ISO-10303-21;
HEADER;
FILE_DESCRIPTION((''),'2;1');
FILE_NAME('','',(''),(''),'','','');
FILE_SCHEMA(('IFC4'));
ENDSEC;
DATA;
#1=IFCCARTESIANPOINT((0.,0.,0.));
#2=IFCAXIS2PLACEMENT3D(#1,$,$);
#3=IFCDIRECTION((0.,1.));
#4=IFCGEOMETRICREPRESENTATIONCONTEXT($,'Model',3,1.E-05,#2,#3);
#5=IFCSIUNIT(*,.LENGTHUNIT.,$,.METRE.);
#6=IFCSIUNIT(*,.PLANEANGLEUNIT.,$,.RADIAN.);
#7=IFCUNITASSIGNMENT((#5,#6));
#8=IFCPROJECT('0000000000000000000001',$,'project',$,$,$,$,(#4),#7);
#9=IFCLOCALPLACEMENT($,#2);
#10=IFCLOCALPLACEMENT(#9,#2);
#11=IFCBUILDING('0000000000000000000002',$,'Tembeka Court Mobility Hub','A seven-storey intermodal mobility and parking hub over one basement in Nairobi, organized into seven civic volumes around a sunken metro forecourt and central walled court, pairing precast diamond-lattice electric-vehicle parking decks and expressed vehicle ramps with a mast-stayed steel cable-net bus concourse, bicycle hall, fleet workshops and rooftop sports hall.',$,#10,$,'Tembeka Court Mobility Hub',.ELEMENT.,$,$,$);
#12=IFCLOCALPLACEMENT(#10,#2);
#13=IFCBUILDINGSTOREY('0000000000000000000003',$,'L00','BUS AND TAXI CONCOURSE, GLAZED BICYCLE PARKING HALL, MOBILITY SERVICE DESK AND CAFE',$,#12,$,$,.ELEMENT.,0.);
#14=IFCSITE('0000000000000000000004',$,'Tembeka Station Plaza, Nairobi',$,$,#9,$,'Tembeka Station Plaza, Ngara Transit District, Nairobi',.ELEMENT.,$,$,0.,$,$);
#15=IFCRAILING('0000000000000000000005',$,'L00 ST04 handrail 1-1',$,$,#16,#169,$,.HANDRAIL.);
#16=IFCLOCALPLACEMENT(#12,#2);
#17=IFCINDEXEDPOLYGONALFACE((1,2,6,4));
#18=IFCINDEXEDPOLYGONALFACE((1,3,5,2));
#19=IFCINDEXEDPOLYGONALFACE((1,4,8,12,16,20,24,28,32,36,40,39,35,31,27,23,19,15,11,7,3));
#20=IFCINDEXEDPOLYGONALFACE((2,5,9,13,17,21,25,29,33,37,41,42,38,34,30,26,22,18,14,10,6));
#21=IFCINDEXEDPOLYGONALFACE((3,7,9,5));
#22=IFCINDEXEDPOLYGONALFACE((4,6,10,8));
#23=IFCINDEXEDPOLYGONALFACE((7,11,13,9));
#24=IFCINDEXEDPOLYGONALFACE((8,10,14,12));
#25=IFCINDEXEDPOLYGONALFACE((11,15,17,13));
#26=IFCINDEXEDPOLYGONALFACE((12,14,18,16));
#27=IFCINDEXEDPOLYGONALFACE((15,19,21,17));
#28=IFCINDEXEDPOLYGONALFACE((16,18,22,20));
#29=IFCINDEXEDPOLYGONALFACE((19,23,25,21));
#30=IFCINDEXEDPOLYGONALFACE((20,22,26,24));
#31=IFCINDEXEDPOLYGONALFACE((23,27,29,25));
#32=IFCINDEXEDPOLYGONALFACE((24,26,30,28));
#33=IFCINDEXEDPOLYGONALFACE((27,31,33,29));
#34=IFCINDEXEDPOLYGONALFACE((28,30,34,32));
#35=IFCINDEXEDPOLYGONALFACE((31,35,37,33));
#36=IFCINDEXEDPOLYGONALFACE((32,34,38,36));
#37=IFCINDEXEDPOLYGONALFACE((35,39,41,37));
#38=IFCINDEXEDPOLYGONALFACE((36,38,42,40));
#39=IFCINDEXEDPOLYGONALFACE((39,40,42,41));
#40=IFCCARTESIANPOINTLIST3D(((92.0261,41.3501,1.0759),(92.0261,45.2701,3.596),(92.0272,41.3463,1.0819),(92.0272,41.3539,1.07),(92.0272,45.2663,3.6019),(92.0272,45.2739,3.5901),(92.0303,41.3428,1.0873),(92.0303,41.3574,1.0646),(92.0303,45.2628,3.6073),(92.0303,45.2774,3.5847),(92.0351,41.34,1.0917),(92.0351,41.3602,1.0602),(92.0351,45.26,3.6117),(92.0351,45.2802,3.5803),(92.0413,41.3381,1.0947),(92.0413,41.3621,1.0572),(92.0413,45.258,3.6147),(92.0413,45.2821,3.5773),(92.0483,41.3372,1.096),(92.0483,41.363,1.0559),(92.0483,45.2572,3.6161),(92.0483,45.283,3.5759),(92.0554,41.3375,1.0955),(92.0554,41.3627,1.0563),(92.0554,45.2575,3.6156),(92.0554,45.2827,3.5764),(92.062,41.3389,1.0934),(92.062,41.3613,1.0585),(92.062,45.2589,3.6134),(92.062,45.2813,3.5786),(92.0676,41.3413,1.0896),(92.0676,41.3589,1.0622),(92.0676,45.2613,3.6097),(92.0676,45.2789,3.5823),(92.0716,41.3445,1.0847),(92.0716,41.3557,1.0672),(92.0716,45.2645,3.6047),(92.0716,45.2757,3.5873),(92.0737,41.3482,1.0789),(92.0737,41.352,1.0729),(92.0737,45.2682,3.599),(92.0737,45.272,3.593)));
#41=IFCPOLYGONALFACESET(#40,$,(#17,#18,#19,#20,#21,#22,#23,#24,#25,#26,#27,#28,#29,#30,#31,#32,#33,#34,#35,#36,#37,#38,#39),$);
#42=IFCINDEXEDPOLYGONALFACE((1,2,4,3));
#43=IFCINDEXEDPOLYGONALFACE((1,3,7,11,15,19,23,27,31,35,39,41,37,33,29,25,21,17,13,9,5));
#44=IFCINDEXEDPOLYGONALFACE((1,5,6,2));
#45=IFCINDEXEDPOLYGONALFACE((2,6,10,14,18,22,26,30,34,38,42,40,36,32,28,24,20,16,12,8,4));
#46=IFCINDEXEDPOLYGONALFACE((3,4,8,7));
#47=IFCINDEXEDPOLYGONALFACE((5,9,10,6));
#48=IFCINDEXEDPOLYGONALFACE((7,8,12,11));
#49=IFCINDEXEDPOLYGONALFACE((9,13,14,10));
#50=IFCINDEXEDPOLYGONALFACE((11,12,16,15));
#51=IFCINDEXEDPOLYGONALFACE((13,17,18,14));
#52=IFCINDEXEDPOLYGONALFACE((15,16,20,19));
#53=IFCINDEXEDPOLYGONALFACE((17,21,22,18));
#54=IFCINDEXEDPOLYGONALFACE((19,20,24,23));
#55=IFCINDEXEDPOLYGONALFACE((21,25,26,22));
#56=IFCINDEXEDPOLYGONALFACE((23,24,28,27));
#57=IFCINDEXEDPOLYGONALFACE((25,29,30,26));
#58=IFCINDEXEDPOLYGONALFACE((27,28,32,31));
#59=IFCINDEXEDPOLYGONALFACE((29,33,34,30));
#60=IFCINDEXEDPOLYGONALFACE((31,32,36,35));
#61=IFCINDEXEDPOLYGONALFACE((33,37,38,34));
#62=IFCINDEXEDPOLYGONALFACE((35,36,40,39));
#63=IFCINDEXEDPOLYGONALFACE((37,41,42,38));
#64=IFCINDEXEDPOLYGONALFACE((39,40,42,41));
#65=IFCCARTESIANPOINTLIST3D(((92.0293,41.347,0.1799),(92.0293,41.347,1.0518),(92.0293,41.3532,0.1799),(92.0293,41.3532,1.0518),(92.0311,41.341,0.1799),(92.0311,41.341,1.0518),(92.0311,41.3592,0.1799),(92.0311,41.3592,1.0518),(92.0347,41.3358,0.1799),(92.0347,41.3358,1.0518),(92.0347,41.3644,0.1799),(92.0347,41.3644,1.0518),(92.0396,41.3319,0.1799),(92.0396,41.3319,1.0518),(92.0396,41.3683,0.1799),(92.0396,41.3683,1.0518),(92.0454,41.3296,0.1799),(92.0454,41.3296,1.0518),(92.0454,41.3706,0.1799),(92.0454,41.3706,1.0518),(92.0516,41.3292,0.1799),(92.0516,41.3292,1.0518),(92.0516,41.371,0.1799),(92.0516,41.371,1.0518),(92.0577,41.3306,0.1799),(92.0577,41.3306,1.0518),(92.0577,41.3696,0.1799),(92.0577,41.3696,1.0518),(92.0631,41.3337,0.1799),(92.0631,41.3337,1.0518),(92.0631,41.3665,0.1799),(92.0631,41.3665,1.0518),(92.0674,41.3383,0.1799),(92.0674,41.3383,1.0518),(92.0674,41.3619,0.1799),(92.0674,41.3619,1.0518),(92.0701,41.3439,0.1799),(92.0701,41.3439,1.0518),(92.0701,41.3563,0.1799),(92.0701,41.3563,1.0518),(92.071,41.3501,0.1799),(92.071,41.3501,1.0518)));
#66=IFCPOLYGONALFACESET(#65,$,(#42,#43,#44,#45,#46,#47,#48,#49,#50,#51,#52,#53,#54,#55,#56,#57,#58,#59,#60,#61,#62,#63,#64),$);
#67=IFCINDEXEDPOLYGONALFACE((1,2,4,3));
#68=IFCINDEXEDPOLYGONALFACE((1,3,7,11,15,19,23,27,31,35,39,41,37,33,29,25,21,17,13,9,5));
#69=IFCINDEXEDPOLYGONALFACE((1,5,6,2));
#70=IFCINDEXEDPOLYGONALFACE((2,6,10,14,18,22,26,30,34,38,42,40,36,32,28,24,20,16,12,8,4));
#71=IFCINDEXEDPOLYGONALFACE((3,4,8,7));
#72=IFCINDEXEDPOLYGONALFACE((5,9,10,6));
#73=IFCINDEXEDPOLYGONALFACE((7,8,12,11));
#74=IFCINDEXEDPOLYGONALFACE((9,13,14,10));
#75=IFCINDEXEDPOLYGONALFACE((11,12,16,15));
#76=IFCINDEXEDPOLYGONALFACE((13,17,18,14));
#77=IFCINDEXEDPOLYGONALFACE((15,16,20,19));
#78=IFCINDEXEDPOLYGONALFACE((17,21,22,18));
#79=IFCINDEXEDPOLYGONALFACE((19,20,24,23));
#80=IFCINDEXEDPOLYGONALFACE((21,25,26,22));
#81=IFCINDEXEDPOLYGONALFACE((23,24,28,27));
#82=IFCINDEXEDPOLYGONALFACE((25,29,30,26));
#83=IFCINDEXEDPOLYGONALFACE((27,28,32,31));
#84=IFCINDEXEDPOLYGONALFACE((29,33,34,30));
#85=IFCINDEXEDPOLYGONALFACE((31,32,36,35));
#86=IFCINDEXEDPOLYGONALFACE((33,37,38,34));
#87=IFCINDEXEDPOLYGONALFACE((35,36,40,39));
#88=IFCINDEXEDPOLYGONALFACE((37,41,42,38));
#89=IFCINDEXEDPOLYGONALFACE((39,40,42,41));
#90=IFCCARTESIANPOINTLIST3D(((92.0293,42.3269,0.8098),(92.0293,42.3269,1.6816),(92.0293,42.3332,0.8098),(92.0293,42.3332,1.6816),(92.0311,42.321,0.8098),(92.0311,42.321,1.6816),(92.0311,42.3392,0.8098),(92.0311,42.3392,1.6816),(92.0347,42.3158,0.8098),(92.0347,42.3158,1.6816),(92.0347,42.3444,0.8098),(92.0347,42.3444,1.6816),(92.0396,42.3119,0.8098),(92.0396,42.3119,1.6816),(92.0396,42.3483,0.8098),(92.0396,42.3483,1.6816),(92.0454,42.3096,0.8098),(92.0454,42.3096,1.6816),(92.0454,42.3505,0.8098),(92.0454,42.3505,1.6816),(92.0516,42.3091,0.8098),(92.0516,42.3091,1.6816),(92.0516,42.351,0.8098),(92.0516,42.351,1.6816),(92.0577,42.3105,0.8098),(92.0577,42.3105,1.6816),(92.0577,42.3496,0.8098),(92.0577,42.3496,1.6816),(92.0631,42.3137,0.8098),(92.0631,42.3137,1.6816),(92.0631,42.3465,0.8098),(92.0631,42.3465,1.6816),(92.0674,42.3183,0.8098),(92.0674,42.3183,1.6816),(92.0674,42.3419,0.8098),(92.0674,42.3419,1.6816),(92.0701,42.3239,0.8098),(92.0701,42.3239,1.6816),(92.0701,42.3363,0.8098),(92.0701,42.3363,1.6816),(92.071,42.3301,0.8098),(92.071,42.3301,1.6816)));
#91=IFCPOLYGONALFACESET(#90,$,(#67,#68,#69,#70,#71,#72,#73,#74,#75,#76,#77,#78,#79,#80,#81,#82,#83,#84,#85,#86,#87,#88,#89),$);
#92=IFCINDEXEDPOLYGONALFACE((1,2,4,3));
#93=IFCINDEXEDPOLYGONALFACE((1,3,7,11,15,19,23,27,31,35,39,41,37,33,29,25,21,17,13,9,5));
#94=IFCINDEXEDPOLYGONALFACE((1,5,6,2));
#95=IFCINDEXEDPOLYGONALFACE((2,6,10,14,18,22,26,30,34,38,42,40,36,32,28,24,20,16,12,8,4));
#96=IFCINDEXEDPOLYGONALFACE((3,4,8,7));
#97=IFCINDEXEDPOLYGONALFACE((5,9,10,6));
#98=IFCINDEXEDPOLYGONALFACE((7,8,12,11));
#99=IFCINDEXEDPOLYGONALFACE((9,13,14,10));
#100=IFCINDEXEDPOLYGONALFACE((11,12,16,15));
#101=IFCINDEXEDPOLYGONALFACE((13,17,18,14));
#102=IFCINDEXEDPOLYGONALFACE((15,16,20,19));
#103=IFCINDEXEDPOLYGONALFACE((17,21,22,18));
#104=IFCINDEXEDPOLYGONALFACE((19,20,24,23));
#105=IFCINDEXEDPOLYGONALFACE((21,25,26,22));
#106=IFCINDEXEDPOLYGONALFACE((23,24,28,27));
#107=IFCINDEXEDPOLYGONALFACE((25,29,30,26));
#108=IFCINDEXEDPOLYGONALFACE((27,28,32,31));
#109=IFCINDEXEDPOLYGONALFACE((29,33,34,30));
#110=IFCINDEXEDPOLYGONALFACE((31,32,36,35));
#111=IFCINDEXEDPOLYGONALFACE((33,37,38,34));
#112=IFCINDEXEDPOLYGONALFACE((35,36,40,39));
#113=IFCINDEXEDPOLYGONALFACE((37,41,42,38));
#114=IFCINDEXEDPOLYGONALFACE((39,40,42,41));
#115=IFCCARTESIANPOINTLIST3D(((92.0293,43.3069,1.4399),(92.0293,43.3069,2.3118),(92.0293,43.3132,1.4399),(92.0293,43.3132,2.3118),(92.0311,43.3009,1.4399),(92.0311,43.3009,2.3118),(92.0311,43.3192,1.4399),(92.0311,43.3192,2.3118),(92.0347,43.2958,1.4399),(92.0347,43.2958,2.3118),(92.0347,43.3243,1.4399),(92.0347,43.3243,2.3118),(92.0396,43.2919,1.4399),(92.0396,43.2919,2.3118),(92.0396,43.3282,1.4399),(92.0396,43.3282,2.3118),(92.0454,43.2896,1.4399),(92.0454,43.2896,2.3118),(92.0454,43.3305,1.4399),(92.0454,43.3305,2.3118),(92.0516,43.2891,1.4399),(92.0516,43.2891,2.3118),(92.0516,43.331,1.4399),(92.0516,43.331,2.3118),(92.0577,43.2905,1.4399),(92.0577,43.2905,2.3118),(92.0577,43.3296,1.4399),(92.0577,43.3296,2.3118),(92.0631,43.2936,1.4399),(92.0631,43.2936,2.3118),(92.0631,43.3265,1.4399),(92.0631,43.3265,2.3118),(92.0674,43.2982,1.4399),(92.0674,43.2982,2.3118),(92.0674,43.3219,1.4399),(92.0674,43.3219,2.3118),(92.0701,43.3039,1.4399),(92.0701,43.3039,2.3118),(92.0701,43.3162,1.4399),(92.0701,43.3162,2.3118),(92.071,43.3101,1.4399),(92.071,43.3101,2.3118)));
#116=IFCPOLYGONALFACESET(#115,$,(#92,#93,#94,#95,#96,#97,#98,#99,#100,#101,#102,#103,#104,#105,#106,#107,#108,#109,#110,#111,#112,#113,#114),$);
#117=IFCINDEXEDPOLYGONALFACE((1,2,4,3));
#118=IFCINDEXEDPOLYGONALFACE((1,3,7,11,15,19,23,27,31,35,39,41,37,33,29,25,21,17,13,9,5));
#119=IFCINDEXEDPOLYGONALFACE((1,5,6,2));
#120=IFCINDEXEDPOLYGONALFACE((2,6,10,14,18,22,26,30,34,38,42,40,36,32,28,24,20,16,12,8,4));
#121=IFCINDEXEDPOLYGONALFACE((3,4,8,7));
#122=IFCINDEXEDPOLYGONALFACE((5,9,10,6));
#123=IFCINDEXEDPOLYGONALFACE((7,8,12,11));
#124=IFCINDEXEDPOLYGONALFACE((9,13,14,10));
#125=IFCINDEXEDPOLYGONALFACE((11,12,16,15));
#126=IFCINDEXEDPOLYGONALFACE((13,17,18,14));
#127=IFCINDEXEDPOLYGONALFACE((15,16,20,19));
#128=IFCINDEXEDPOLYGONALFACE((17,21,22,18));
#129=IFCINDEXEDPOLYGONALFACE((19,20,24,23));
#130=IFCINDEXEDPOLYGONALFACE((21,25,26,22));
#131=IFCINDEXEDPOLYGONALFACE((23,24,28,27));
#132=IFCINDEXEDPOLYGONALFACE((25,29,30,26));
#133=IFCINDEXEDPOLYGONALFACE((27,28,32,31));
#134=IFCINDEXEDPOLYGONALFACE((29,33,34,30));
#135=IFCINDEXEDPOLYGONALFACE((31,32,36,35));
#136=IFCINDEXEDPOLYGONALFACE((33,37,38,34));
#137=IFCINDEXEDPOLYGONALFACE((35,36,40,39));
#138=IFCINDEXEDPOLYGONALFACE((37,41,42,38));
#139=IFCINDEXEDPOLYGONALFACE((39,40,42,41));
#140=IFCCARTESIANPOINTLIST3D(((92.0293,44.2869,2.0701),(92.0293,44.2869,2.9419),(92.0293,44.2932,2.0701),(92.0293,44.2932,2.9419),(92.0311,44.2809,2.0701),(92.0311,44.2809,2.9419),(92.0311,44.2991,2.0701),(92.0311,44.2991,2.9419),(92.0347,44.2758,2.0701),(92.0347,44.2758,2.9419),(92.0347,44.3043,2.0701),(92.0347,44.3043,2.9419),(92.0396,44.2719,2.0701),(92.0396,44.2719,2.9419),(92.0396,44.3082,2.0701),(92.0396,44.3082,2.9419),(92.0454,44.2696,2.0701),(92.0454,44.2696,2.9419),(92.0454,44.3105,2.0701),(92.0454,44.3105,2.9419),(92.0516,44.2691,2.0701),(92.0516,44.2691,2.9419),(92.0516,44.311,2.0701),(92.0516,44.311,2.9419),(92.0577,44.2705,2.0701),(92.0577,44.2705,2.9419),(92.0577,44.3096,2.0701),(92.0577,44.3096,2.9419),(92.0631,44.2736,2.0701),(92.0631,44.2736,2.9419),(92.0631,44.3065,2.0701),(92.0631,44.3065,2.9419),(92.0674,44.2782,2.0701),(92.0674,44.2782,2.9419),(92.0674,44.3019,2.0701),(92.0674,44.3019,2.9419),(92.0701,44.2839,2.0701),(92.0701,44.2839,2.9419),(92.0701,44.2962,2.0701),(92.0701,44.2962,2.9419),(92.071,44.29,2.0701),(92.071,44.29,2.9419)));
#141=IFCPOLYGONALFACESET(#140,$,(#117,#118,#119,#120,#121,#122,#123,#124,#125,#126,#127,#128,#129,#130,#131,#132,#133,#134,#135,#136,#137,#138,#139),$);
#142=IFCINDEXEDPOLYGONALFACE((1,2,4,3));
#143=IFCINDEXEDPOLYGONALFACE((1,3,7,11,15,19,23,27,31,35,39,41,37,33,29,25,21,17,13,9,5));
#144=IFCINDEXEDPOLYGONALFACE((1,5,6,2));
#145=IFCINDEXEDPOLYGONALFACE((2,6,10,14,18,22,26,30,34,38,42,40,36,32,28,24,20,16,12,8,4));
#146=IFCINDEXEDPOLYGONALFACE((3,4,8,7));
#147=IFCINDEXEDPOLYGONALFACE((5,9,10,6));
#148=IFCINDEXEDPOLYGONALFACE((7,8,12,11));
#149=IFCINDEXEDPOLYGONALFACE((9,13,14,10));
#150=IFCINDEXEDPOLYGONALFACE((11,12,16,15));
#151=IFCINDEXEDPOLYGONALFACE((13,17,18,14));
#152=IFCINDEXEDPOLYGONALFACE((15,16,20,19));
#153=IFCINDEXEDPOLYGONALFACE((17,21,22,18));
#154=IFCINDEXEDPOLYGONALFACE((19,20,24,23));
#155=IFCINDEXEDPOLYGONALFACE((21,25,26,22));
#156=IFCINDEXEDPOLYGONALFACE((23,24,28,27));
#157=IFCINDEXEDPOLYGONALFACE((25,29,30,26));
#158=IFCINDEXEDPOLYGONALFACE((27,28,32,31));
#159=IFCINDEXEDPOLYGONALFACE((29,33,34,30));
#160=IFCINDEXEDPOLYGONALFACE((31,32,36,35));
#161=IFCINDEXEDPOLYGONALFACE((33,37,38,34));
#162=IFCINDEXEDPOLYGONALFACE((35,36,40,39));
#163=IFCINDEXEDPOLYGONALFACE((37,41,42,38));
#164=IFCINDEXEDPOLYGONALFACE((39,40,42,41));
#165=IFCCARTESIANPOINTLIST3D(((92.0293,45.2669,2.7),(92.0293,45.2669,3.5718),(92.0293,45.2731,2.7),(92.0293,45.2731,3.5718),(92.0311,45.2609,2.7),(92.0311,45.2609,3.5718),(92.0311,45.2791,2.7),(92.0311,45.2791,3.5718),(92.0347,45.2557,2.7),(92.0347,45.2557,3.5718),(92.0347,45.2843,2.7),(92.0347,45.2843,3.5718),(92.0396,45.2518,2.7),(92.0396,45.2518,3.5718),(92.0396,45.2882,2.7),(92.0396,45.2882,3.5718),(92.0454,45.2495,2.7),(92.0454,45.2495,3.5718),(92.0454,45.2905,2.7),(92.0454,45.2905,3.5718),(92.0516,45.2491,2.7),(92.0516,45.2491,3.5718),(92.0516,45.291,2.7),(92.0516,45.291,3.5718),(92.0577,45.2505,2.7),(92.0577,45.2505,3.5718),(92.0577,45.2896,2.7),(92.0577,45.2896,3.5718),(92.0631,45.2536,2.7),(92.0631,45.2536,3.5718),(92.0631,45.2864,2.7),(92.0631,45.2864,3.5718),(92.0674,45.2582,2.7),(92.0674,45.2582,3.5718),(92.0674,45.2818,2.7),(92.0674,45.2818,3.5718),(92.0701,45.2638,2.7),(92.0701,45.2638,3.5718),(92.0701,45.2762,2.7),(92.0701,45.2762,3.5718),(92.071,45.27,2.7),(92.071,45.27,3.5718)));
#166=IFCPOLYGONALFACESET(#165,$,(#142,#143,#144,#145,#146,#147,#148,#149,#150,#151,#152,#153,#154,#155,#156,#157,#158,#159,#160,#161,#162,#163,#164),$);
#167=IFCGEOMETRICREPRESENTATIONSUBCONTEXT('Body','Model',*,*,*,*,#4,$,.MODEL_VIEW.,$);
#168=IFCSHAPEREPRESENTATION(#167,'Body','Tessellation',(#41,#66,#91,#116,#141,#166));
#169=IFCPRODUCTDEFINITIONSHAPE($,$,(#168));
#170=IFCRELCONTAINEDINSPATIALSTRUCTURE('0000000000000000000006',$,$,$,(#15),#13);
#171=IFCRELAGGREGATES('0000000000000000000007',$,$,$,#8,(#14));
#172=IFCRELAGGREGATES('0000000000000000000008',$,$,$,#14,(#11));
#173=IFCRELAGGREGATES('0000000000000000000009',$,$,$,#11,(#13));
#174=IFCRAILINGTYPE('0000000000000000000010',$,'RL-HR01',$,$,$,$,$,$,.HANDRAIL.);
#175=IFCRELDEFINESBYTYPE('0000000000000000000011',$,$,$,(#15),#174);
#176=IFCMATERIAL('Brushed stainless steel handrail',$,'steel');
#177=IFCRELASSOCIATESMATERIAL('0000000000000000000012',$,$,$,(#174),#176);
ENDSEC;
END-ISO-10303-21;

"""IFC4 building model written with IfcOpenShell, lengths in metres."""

from ifc_helpers import new_model, si_unit, direction, frame, origin, origin_2d, place, context, subcontext, project, spatial, circle, extrude, material, type_object, element, save


model = new_model("IFC4")

# Units and contexts
model_context = context("Model", 3, precision=1e-05, world=origin(), true_north=direction((0.0, 1.0)))
body_context = subcontext(model_context, "Body", "Model", "MODEL_VIEW")
ifc_project = project(units=[si_unit("LENGTHUNIT", "METRE"), si_unit("PLANEANGLEUNIT", "RADIAN")], contexts=[model_context])

# Site, building, storey
site_placement = place(None, origin())
site = spatial("IfcSite", under=ifc_project, at=site_placement, Name="Tembeka Station Plaza, Nairobi", LongName="Tembeka Station Plaza, Ngara Transit District, Nairobi", CompositionType="ELEMENT", RefElevation=0.0)
building_placement = place(site_placement, origin())
building = spatial("IfcBuilding", under=site, at=building_placement, Name="Tembeka Court Mobility Hub", Description="A seven-storey intermodal mobility and parking hub over one basement in Nairobi, organized into seven civic volumes around a sunken metro forecourt and central walled court, pairing precast diamond-lattice electric-vehicle parking decks and expressed vehicle ramps with a mast-stayed steel cable-net bus concourse, bicycle hall, fleet workshops and rooftop sports hall.", LongName="Tembeka Court Mobility Hub", CompositionType="ELEMENT")
storey_placement = place(building_placement, origin())
storey = spatial("IfcBuildingStorey", under=building, at=storey_placement, Name="L00", Description="BUS AND TAXI CONCOURSE, GLAZED BICYCLE PARKING HALL, MOBILITY SERVICE DESK AND CAFE", CompositionType="ELEMENT", Elevation=0.0)

# Railing
ifc_material_1 = material(Name="Brushed stainless steel handrail", Category="steel")
railing_type_1 = type_object("IfcRailingType", Name="RL-HR01", PredefinedType="HANDRAIL", material=ifc_material_1)
railing_1_placement = place(storey_placement, frame((92.05, 41.3501, 0.1799)))
element("IfcRailing", 1, at=railing_1_placement, inside=storey, type_object=railing_type_1, Name="L00 ST04 handrail 1-1", PredefinedType="HANDRAIL", context=body_context, shape_type="SweptSolid", body=[
    extrude(circle(Radius=0.0239, at=origin_2d()), frame((0.0, 0.0, 0.896), z_axis=(0.0, 0.841172, 0.540768), x_axis=(-1.0, 0.0, 0.0)), (0.0, 0.0, 1.0), 4.6602),
    extrude(circle(Radius=0.021, at=origin_2d()), origin(), (0.0, 0.0, 1.0), 0.8718),
    extrude(circle(Radius=0.021, at=origin_2d()), frame((0.0, 0.98, 0.6299)), (0.0, 0.0, 1.0), 0.8718),
    extrude(circle(Radius=0.021, at=origin_2d()), frame((0.0, 1.96, 1.26)), (0.0, 0.0, 1.0), 0.8718),
    extrude(circle(Radius=0.021, at=origin_2d()), frame((0.0, 2.9399, 1.8901)), (0.0, 0.0, 1.0), 0.8718),
    extrude(circle(Radius=0.021, at=origin_2d()), frame((0.0, 3.9199, 2.52)), (0.0, 0.0, 1.0), 0.8718),
])

save(model, "model.ifc")
